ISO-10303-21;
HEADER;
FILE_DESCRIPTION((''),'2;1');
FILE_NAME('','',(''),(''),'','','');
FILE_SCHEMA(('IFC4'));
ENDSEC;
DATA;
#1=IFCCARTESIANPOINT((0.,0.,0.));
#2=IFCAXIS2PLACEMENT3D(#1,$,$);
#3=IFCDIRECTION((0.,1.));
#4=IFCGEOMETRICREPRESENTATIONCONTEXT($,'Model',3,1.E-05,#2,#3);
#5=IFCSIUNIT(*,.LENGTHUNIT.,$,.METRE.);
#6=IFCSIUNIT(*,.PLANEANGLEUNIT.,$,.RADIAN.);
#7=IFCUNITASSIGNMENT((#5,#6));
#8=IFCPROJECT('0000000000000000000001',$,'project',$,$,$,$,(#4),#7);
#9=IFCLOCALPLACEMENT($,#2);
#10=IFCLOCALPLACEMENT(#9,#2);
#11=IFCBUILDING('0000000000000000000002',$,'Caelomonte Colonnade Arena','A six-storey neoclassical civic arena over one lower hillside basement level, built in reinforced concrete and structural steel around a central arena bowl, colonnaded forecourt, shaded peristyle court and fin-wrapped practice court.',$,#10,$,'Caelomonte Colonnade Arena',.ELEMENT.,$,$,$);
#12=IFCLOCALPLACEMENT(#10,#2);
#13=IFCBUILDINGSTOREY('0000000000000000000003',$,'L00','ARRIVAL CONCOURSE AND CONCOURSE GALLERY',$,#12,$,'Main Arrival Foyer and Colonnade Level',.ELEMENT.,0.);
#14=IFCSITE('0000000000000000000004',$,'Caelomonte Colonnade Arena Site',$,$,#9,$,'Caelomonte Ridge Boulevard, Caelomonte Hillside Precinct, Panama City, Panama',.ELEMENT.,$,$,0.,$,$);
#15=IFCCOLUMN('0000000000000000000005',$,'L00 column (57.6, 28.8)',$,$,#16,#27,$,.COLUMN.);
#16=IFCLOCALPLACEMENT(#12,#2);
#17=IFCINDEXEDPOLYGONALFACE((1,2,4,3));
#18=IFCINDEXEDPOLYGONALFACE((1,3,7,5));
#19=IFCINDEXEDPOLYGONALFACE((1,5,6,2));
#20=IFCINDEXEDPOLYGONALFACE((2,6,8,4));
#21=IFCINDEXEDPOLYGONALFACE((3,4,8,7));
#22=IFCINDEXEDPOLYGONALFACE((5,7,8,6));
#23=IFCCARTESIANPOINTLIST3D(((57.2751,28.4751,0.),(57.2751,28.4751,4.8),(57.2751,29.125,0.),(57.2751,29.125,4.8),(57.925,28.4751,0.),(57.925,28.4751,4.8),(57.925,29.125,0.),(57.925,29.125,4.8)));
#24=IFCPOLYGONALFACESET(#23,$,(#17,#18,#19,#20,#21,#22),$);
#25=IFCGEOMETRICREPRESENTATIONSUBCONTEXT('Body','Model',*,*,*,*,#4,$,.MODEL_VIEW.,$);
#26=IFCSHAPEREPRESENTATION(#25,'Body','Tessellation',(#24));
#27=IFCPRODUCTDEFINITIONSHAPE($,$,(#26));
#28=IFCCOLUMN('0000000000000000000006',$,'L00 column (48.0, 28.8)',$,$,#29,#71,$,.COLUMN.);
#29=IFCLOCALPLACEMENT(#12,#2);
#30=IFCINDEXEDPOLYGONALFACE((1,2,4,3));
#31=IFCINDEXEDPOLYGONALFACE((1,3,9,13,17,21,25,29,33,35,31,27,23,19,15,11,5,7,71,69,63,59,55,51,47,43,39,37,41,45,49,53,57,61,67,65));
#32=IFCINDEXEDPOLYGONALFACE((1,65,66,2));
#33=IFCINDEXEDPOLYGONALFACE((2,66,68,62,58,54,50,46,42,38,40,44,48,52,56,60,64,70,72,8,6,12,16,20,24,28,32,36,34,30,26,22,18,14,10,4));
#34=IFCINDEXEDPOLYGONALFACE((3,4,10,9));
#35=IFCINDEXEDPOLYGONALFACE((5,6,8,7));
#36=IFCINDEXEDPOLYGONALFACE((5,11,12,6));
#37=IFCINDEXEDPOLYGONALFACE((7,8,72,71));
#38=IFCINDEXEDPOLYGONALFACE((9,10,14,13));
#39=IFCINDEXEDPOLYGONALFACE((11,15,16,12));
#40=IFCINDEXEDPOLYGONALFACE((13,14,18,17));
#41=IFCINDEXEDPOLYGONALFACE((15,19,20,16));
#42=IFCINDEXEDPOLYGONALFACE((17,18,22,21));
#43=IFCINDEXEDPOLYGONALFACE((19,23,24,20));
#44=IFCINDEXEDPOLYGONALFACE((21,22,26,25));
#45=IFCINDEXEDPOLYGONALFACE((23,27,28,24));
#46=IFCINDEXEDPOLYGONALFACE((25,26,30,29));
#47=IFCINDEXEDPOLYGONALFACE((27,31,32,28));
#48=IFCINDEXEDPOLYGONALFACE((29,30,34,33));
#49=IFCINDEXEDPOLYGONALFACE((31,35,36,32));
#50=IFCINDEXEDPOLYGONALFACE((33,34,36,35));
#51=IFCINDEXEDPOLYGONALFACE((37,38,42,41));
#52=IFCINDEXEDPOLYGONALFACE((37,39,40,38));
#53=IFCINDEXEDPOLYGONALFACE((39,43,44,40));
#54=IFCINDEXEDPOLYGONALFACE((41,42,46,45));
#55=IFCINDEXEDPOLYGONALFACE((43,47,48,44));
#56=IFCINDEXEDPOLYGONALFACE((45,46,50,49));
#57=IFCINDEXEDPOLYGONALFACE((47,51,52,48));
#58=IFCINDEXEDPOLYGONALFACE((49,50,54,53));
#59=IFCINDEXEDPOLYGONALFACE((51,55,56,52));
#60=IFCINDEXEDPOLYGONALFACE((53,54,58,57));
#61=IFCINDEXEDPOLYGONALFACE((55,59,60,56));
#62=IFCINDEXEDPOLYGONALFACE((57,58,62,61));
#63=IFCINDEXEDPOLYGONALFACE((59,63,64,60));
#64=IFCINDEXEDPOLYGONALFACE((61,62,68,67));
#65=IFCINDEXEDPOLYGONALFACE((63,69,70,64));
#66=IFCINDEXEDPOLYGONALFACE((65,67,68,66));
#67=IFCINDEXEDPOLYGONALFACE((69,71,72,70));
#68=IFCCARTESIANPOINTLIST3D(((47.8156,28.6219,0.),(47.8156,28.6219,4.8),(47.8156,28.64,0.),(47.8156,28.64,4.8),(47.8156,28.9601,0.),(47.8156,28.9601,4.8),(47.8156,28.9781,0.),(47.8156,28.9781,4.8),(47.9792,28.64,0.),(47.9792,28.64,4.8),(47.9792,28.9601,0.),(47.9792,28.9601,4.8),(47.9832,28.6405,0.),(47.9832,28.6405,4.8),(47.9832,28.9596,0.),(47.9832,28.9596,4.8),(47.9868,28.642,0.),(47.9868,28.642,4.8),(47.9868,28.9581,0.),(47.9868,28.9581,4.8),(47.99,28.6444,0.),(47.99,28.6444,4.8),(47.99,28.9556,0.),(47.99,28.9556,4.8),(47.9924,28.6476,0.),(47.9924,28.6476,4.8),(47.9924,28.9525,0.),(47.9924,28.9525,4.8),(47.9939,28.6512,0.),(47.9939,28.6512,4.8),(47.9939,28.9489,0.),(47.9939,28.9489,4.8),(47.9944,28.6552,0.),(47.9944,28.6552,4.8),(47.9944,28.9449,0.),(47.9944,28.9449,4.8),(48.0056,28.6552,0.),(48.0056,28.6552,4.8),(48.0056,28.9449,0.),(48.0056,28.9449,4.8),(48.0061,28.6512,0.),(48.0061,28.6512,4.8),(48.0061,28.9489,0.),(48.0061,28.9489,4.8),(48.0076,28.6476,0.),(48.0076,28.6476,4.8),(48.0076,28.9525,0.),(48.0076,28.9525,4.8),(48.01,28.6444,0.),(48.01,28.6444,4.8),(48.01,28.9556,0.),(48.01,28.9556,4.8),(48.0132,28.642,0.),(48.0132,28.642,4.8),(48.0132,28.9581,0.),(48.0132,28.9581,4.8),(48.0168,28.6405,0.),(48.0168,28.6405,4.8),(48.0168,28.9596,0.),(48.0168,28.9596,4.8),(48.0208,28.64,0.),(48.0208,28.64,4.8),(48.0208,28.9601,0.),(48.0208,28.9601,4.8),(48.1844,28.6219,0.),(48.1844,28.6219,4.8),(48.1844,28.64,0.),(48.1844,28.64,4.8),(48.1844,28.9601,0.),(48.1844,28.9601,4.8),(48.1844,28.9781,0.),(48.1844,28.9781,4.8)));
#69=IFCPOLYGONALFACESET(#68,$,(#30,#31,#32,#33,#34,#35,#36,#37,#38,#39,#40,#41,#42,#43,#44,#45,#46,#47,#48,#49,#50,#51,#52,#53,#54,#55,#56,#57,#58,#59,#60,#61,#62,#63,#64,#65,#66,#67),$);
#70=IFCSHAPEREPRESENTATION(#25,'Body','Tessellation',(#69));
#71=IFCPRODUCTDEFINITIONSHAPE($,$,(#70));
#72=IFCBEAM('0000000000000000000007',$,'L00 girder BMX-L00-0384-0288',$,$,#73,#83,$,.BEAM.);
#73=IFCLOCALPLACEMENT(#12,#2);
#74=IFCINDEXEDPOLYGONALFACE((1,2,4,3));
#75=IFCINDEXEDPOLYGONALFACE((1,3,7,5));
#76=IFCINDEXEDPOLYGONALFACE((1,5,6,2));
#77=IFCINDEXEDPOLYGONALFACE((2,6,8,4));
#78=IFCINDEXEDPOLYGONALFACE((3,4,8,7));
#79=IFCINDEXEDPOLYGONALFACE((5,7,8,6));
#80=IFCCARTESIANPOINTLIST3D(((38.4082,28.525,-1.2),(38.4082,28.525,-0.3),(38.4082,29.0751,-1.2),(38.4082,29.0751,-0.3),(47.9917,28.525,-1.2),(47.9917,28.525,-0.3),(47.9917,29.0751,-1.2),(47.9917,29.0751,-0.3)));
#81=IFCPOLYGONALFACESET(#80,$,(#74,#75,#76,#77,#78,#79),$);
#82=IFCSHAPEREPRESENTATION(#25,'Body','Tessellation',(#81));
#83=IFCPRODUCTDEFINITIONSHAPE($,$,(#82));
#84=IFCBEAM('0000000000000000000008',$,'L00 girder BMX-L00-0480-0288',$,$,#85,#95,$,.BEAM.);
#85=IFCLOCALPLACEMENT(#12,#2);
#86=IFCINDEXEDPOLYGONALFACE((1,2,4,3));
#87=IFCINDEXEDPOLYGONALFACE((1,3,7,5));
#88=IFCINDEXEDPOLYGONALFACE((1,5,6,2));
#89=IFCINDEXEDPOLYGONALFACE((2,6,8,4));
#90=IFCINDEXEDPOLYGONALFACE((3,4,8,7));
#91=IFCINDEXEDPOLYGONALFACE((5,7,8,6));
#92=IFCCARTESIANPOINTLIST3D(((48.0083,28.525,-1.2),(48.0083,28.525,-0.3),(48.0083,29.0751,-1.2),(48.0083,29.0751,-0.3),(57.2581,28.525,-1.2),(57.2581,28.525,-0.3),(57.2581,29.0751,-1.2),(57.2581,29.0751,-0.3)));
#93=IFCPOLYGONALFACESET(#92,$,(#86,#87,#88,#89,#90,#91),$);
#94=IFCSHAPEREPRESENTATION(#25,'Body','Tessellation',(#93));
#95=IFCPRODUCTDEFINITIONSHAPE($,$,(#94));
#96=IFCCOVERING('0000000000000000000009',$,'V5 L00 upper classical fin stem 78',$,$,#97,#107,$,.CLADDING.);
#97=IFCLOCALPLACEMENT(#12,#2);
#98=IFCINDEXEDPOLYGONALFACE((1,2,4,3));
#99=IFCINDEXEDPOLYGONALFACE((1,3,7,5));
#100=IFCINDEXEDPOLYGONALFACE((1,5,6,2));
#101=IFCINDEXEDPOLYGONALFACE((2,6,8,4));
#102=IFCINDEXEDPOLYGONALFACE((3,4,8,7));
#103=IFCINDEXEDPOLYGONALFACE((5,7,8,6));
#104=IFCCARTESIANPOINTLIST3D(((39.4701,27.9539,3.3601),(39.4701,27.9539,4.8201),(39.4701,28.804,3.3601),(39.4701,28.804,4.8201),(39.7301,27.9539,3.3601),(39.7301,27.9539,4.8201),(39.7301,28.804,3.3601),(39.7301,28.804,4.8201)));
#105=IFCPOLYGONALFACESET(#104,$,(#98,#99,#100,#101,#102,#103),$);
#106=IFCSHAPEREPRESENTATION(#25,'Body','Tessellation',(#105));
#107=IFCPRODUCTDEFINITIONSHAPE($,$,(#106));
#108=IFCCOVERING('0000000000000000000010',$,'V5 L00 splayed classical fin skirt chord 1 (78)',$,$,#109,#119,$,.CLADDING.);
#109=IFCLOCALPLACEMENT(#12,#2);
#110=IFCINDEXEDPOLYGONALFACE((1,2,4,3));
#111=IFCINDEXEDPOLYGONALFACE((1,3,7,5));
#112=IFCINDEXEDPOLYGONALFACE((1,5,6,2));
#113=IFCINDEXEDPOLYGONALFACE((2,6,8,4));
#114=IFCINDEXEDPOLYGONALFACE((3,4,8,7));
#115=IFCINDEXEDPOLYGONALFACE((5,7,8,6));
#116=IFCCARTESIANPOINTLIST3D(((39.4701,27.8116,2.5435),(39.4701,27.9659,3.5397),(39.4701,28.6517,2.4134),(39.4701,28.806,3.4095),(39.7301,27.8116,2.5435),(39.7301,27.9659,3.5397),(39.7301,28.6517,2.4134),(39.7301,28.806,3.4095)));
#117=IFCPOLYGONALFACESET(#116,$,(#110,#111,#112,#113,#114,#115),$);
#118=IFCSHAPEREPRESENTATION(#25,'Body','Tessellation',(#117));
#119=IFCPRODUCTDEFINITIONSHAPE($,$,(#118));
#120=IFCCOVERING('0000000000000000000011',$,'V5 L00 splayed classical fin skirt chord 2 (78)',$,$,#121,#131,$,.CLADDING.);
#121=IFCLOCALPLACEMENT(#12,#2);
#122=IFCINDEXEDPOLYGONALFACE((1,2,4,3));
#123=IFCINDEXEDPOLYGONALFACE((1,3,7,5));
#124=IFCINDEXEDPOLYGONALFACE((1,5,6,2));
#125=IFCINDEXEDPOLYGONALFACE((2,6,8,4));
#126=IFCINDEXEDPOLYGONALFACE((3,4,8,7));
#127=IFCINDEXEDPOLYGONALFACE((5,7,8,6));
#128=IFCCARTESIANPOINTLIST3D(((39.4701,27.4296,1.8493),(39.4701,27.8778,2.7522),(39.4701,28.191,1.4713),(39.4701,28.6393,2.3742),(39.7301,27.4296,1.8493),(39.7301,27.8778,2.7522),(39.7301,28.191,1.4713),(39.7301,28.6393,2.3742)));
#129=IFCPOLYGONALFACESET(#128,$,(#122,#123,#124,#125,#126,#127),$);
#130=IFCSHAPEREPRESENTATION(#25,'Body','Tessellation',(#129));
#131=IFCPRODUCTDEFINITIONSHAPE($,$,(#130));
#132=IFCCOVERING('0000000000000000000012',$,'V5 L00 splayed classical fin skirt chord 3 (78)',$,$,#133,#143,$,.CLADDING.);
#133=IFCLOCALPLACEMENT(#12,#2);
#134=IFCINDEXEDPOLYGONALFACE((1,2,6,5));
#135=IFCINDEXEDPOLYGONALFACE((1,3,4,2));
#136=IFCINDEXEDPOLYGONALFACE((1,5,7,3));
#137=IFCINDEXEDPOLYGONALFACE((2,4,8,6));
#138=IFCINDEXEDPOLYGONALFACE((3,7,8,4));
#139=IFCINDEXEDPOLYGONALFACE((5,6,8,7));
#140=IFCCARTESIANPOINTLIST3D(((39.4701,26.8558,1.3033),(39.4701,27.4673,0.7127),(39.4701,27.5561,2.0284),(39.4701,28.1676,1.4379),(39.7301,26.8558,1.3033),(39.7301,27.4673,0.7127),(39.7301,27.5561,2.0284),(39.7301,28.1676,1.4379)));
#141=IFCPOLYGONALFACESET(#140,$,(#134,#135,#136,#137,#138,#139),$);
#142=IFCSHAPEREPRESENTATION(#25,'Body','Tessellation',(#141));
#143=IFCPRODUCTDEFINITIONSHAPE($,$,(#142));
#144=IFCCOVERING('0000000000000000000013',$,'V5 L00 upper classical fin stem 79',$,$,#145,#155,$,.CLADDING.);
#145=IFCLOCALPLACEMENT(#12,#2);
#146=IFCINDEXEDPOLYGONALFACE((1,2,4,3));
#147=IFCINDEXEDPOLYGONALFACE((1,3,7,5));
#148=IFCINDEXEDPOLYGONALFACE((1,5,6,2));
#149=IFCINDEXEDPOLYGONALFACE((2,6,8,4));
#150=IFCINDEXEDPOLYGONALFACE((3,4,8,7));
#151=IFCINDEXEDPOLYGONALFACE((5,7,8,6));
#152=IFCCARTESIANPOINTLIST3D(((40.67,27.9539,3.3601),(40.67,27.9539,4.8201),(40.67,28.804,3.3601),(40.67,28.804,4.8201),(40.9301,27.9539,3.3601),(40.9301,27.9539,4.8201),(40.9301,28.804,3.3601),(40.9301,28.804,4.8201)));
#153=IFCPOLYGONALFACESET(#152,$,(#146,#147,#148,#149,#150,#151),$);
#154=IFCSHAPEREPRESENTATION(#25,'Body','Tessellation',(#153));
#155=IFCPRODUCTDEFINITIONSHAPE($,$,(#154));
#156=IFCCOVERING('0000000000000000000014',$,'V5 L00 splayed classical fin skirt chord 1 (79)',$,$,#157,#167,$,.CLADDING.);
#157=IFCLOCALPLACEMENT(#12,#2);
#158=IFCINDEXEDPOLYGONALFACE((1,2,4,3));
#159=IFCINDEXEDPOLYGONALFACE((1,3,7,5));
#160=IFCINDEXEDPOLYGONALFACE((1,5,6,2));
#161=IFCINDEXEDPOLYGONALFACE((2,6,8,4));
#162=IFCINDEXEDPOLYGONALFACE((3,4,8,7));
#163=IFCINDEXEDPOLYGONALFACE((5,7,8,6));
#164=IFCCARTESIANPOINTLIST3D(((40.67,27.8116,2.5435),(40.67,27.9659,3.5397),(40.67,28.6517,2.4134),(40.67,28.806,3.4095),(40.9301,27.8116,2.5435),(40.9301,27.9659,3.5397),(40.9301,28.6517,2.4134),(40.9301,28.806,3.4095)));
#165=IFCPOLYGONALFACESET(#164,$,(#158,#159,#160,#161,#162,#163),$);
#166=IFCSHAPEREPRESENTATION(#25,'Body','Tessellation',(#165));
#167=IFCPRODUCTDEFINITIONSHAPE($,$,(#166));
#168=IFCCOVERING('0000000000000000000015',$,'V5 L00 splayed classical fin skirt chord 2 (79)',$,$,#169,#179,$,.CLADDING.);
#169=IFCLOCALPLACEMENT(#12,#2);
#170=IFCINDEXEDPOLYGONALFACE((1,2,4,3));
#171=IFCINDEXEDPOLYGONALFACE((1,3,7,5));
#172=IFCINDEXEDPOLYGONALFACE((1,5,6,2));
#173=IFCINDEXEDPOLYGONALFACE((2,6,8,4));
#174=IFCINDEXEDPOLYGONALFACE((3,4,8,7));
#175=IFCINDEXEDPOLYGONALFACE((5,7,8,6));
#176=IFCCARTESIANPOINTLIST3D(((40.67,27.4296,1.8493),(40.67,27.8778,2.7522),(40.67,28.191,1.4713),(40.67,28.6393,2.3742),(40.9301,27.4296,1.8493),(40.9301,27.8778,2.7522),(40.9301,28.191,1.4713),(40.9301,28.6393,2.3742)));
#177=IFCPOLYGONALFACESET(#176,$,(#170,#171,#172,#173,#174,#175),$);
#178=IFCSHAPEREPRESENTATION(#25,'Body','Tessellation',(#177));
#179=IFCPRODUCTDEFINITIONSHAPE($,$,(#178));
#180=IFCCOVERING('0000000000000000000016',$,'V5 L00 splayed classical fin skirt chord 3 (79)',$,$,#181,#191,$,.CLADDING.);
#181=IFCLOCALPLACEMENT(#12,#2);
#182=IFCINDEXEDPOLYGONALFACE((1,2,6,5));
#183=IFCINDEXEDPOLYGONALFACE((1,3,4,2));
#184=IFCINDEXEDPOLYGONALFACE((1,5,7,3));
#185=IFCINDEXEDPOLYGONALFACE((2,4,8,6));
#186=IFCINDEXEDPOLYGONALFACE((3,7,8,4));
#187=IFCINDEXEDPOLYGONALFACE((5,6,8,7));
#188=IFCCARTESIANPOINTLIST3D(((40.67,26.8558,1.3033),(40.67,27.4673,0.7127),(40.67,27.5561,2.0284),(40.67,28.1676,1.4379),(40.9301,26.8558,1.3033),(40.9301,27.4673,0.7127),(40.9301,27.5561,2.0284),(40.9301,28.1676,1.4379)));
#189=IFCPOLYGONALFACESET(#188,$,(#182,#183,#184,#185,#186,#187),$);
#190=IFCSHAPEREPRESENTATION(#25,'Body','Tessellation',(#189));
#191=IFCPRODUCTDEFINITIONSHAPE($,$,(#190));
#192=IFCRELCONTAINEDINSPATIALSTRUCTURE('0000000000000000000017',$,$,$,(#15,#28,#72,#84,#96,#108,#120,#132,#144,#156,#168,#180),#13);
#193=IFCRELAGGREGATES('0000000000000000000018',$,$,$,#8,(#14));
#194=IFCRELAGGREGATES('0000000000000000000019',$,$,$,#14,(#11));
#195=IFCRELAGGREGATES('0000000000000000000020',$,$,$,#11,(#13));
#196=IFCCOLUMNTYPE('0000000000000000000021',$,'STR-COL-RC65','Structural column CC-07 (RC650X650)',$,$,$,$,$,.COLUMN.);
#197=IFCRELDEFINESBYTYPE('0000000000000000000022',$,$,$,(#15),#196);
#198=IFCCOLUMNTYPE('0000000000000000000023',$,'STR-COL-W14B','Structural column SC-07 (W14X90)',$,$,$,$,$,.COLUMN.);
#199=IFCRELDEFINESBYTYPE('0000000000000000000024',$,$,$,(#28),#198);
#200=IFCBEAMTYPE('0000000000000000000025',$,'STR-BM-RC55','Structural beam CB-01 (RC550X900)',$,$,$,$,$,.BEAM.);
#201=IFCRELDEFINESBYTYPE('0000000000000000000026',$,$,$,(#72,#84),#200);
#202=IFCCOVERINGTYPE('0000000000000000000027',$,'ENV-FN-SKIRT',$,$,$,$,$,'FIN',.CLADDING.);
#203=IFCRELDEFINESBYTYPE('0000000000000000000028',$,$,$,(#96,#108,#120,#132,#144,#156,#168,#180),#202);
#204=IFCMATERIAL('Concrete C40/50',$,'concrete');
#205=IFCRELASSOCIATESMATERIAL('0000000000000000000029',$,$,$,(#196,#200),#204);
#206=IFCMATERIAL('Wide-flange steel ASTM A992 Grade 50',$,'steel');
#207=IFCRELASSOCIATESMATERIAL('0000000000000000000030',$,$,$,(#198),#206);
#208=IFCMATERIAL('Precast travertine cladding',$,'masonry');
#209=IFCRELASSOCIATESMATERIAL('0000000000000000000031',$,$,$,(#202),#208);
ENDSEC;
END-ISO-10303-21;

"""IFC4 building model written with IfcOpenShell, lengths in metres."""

from ifc_helpers import new_model, si_unit, direction, frame, origin, origin_2d, place, context, subcontext, project, spatial, rectangle, i_section, extrude, material, material_profile, profile_set, type_object, element, save


model = new_model("IFC4")

# Units and contexts
model_context = context("Model", 3, precision=1e-05, world=origin(), true_north=direction((0.0, 1.0)))
body_context = subcontext(model_context, "Body", "Model", "MODEL_VIEW")
ifc_project = project(units=[si_unit("LENGTHUNIT", "METRE"), si_unit("PLANEANGLEUNIT", "RADIAN")], contexts=[model_context])

# Site, building, storey
site_placement = place(None, origin())
site = spatial("IfcSite", under=ifc_project, at=site_placement, Name="Caelomonte Colonnade Arena Site", LongName="Caelomonte Ridge Boulevard, Caelomonte Hillside Precinct, Panama City, Panama", CompositionType="ELEMENT", RefElevation=0.0)
building_placement = place(site_placement, origin())
building = spatial("IfcBuilding", under=site, at=building_placement, Name="Caelomonte Colonnade Arena", Description="A six-storey neoclassical civic arena over one lower hillside basement level, built in reinforced concrete and structural steel around a central arena bowl, colonnaded forecourt, shaded peristyle court and fin-wrapped practice court.", LongName="Caelomonte Colonnade Arena", CompositionType="ELEMENT")
storey_placement = place(building_placement, origin())
storey = spatial("IfcBuildingStorey", under=building, at=storey_placement, Name="L00", Description="ARRIVAL CONCOURSE AND CONCOURSE GALLERY", LongName="Main Arrival Foyer and Colonnade Level", CompositionType="ELEMENT", Elevation=0.0)

# Columns
ifc_material_1 = material(Name="Concrete C40/50", Category="concrete")
ifc_material_profile_1 = material_profile(ifc_material_1, rectangle(XDim=0.6499, YDim=0.6499, at=origin_2d()), Name="RC650X650")
ifc_profile_set_1 = profile_set([ifc_material_profile_1], Name="Concrete C40/50")
column_type_1 = type_object("IfcColumnType", Name="STR-COL-RC65", Description="Structural column CC-07 (RC650X650)", PredefinedType="COLUMN", material=ifc_profile_set_1)
column_1_placement = place(storey_placement, frame((57.6001, 28.8, 0.0), z_axis=(0.0, 0.0, 1.0), x_axis=(1.0, 0.0, 0.0)))
element("IfcColumn", 1, at=column_1_placement, inside=storey, type_object=column_type_1, Name="L00 column (57.6, 28.8)", PredefinedType="COLUMN", context=body_context, shape_type="SweptSolid", body=[
    extrude(rectangle(XDim=0.6499, YDim=0.6499, at=origin_2d()), origin(), (0.0, 0.0, 1.0), 4.8),
])
ifc_material_2 = material(Name="Wide-flange steel ASTM A992 Grade 50", Category="steel")
ifc_material_profile_2 = material_profile(ifc_material_2, i_section(OverallWidth=0.3689, OverallDepth=0.3562, WebThickness=0.0112, FlangeThickness=0.0181, FilletRadius=0.0151, at=origin_2d()), Name="W14X90")
ifc_profile_set_2 = profile_set([ifc_material_profile_2], Name="Wide-flange steel ASTM A992 Grade 50")
column_type_2 = type_object("IfcColumnType", Name="STR-COL-W14B", Description="Structural column SC-07 (W14X90)", PredefinedType="COLUMN", material=ifc_profile_set_2)
column_2_placement = place(storey_placement, frame((48.0, 28.8, 0.0), z_axis=(0.0, 0.0, 1.0), x_axis=(1.0, 0.0, 0.0)))
element("IfcColumn", 2, at=column_2_placement, inside=storey, type_object=column_type_2, Name="L00 column (48.0, 28.8)", PredefinedType="COLUMN", context=body_context, shape_type="SweptSolid", body=[
    extrude(i_section(OverallWidth=0.3689, OverallDepth=0.3562, WebThickness=0.0112, FlangeThickness=0.0181, FilletRadius=0.0151, at=origin_2d()), origin(), (0.0, 0.0, 1.0), 4.8),
])

# Beams
ifc_material_profile_3 = material_profile(ifc_material_1, rectangle(XDim=0.55, YDim=0.8999, at=origin_2d()), Name="RC550X900")
ifc_profile_set_3 = profile_set([ifc_material_profile_3], Name="Concrete C40/50")
beam_type = type_object("IfcBeamType", Name="STR-BM-RC55", Description="Structural beam CB-01 (RC550X900)", PredefinedType="BEAM", material=ifc_profile_set_3)
beam_1_placement = place(storey_placement, frame((38.4082, 28.8, -0.75), z_axis=(1.0, 0.0, 0.0), x_axis=(0.0, 1.0, 0.0)))
element("IfcBeam", 3, at=beam_1_placement, inside=storey, type_object=beam_type, Name="L00 girder BMX-L00-0384-0288", PredefinedType="BEAM", context=body_context, shape_type="SweptSolid", body=[
    extrude(rectangle(XDim=0.55, YDim=0.8999, at=origin_2d()), origin(), (0.0, 0.0, 1.0), 9.5835),
])
beam_2_placement = place(storey_placement, frame((48.0083, 28.8, -0.75), z_axis=(1.0, 0.0, 0.0), x_axis=(0.0, 1.0, 0.0)))
element("IfcBeam", 4, at=beam_2_placement, inside=storey, type_object=beam_type, Name="L00 girder BMX-L00-0480-0288", PredefinedType="BEAM", context=body_context, shape_type="SweptSolid", body=[
    extrude(rectangle(XDim=0.55, YDim=0.8999, at=origin_2d()), origin(), (0.0, 0.0, 1.0), 9.2498),
])

# Coverings
ifc_material_3 = material(Name="Precast travertine cladding", Category="masonry")
ifc_material_profile_4 = material_profile(ifc_material_3, rectangle(XDim=0.26, YDim=0.8501, at=origin_2d()), Name="FIN260X850")
ifc_profile_set_4 = profile_set([ifc_material_profile_4], Name="Precast travertine cladding")
covering_type = type_object("IfcCoveringType", Name="ENV-FN-SKIRT", ElementType="FIN", PredefinedType="CLADDING", material=ifc_profile_set_4)
covering_1_placement = place(storey_placement, frame((39.6001, 28.3789, 3.3601), z_axis=(0.0, 0.0, 1.0), x_axis=(-1.0, 0.0, 0.0)))
element("IfcCovering", 5, at=covering_1_placement, inside=storey, type_object=covering_type, Name="V5 L00 upper classical fin stem 78", PredefinedType="CLADDING", context=body_context, shape_type="SweptSolid", body=[
    extrude(rectangle(XDim=0.26, YDim=0.8501, at=origin_2d()), origin(), (0.0, 0.0, 1.0), 1.46),
])
for number, where, z_axis, x_axis, name in (
    (6, (39.6001, 28.386, 3.4746), (0.0, -0.153076, -0.988214), (-1.0, 0.0, 0.0), "V5 L00 splayed classical fin skirt chord 1 (78)"),
    (7, (39.6001, 28.2585, 2.5632), (0.0, -0.444693, -0.895683), (-1.0, 0.0, 0.0), "V5 L00 splayed classical fin skirt chord 2 (78)"),
    (8, (39.6001, 27.8618, 1.7332), (0.0, -0.694646, -0.719351), (-1.0, 0.0, 0.0), "V5 L00 splayed classical fin skirt chord 3 (78)"),
):
    element("IfcCovering", number, at=place(storey_placement, frame(where, z_axis=z_axis, x_axis=x_axis)), inside=storey, type_object=covering_type, Name=name, PredefinedType="CLADDING", context=body_context, shape_type="SweptSolid", body=[
        extrude(rectangle(XDim=0.26, YDim=0.8501, at=origin_2d()), origin(), (0.0, 0.0, 1.0), 1.0081),
    ])
covering_2_placement = place(storey_placement, frame((40.8, 28.3789, 3.3601), z_axis=(0.0, 0.0, 1.0), x_axis=(-1.0, 0.0, 0.0)))
element("IfcCovering", 9, at=covering_2_placement, inside=storey, type_object=covering_type, Name="V5 L00 upper classical fin stem 79", PredefinedType="CLADDING", context=body_context, shape_type="SweptSolid", body=[
    extrude(rectangle(XDim=0.26, YDim=0.8501, at=origin_2d()), origin(), (0.0, 0.0, 1.0), 1.46),
])
for number, where, z_axis, x_axis, name in (
    (10, (40.8, 28.386, 3.4746), (0.0, -0.153076, -0.988214), (-1.0, 0.0, 0.0), "V5 L00 splayed classical fin skirt chord 1 (79)"),
    (11, (40.8, 28.2585, 2.5632), (0.0, -0.444693, -0.895683), (-1.0, 0.0, 0.0), "V5 L00 splayed classical fin skirt chord 2 (79)"),
    (12, (40.8, 27.8618, 1.7332), (0.0, -0.694646, -0.719351), (-1.0, 0.0, 0.0), "V5 L00 splayed classical fin skirt chord 3 (79)"),
):
    element("IfcCovering", number, at=place(storey_placement, frame(where, z_axis=z_axis, x_axis=x_axis)), inside=storey, type_object=covering_type, Name=name, PredefinedType="CLADDING", context=body_context, shape_type="SweptSolid", body=[
        extrude(rectangle(XDim=0.26, YDim=0.8501, at=origin_2d()), origin(), (0.0, 0.0, 1.0), 1.0081),
    ])

save(model, "model.ifc")
